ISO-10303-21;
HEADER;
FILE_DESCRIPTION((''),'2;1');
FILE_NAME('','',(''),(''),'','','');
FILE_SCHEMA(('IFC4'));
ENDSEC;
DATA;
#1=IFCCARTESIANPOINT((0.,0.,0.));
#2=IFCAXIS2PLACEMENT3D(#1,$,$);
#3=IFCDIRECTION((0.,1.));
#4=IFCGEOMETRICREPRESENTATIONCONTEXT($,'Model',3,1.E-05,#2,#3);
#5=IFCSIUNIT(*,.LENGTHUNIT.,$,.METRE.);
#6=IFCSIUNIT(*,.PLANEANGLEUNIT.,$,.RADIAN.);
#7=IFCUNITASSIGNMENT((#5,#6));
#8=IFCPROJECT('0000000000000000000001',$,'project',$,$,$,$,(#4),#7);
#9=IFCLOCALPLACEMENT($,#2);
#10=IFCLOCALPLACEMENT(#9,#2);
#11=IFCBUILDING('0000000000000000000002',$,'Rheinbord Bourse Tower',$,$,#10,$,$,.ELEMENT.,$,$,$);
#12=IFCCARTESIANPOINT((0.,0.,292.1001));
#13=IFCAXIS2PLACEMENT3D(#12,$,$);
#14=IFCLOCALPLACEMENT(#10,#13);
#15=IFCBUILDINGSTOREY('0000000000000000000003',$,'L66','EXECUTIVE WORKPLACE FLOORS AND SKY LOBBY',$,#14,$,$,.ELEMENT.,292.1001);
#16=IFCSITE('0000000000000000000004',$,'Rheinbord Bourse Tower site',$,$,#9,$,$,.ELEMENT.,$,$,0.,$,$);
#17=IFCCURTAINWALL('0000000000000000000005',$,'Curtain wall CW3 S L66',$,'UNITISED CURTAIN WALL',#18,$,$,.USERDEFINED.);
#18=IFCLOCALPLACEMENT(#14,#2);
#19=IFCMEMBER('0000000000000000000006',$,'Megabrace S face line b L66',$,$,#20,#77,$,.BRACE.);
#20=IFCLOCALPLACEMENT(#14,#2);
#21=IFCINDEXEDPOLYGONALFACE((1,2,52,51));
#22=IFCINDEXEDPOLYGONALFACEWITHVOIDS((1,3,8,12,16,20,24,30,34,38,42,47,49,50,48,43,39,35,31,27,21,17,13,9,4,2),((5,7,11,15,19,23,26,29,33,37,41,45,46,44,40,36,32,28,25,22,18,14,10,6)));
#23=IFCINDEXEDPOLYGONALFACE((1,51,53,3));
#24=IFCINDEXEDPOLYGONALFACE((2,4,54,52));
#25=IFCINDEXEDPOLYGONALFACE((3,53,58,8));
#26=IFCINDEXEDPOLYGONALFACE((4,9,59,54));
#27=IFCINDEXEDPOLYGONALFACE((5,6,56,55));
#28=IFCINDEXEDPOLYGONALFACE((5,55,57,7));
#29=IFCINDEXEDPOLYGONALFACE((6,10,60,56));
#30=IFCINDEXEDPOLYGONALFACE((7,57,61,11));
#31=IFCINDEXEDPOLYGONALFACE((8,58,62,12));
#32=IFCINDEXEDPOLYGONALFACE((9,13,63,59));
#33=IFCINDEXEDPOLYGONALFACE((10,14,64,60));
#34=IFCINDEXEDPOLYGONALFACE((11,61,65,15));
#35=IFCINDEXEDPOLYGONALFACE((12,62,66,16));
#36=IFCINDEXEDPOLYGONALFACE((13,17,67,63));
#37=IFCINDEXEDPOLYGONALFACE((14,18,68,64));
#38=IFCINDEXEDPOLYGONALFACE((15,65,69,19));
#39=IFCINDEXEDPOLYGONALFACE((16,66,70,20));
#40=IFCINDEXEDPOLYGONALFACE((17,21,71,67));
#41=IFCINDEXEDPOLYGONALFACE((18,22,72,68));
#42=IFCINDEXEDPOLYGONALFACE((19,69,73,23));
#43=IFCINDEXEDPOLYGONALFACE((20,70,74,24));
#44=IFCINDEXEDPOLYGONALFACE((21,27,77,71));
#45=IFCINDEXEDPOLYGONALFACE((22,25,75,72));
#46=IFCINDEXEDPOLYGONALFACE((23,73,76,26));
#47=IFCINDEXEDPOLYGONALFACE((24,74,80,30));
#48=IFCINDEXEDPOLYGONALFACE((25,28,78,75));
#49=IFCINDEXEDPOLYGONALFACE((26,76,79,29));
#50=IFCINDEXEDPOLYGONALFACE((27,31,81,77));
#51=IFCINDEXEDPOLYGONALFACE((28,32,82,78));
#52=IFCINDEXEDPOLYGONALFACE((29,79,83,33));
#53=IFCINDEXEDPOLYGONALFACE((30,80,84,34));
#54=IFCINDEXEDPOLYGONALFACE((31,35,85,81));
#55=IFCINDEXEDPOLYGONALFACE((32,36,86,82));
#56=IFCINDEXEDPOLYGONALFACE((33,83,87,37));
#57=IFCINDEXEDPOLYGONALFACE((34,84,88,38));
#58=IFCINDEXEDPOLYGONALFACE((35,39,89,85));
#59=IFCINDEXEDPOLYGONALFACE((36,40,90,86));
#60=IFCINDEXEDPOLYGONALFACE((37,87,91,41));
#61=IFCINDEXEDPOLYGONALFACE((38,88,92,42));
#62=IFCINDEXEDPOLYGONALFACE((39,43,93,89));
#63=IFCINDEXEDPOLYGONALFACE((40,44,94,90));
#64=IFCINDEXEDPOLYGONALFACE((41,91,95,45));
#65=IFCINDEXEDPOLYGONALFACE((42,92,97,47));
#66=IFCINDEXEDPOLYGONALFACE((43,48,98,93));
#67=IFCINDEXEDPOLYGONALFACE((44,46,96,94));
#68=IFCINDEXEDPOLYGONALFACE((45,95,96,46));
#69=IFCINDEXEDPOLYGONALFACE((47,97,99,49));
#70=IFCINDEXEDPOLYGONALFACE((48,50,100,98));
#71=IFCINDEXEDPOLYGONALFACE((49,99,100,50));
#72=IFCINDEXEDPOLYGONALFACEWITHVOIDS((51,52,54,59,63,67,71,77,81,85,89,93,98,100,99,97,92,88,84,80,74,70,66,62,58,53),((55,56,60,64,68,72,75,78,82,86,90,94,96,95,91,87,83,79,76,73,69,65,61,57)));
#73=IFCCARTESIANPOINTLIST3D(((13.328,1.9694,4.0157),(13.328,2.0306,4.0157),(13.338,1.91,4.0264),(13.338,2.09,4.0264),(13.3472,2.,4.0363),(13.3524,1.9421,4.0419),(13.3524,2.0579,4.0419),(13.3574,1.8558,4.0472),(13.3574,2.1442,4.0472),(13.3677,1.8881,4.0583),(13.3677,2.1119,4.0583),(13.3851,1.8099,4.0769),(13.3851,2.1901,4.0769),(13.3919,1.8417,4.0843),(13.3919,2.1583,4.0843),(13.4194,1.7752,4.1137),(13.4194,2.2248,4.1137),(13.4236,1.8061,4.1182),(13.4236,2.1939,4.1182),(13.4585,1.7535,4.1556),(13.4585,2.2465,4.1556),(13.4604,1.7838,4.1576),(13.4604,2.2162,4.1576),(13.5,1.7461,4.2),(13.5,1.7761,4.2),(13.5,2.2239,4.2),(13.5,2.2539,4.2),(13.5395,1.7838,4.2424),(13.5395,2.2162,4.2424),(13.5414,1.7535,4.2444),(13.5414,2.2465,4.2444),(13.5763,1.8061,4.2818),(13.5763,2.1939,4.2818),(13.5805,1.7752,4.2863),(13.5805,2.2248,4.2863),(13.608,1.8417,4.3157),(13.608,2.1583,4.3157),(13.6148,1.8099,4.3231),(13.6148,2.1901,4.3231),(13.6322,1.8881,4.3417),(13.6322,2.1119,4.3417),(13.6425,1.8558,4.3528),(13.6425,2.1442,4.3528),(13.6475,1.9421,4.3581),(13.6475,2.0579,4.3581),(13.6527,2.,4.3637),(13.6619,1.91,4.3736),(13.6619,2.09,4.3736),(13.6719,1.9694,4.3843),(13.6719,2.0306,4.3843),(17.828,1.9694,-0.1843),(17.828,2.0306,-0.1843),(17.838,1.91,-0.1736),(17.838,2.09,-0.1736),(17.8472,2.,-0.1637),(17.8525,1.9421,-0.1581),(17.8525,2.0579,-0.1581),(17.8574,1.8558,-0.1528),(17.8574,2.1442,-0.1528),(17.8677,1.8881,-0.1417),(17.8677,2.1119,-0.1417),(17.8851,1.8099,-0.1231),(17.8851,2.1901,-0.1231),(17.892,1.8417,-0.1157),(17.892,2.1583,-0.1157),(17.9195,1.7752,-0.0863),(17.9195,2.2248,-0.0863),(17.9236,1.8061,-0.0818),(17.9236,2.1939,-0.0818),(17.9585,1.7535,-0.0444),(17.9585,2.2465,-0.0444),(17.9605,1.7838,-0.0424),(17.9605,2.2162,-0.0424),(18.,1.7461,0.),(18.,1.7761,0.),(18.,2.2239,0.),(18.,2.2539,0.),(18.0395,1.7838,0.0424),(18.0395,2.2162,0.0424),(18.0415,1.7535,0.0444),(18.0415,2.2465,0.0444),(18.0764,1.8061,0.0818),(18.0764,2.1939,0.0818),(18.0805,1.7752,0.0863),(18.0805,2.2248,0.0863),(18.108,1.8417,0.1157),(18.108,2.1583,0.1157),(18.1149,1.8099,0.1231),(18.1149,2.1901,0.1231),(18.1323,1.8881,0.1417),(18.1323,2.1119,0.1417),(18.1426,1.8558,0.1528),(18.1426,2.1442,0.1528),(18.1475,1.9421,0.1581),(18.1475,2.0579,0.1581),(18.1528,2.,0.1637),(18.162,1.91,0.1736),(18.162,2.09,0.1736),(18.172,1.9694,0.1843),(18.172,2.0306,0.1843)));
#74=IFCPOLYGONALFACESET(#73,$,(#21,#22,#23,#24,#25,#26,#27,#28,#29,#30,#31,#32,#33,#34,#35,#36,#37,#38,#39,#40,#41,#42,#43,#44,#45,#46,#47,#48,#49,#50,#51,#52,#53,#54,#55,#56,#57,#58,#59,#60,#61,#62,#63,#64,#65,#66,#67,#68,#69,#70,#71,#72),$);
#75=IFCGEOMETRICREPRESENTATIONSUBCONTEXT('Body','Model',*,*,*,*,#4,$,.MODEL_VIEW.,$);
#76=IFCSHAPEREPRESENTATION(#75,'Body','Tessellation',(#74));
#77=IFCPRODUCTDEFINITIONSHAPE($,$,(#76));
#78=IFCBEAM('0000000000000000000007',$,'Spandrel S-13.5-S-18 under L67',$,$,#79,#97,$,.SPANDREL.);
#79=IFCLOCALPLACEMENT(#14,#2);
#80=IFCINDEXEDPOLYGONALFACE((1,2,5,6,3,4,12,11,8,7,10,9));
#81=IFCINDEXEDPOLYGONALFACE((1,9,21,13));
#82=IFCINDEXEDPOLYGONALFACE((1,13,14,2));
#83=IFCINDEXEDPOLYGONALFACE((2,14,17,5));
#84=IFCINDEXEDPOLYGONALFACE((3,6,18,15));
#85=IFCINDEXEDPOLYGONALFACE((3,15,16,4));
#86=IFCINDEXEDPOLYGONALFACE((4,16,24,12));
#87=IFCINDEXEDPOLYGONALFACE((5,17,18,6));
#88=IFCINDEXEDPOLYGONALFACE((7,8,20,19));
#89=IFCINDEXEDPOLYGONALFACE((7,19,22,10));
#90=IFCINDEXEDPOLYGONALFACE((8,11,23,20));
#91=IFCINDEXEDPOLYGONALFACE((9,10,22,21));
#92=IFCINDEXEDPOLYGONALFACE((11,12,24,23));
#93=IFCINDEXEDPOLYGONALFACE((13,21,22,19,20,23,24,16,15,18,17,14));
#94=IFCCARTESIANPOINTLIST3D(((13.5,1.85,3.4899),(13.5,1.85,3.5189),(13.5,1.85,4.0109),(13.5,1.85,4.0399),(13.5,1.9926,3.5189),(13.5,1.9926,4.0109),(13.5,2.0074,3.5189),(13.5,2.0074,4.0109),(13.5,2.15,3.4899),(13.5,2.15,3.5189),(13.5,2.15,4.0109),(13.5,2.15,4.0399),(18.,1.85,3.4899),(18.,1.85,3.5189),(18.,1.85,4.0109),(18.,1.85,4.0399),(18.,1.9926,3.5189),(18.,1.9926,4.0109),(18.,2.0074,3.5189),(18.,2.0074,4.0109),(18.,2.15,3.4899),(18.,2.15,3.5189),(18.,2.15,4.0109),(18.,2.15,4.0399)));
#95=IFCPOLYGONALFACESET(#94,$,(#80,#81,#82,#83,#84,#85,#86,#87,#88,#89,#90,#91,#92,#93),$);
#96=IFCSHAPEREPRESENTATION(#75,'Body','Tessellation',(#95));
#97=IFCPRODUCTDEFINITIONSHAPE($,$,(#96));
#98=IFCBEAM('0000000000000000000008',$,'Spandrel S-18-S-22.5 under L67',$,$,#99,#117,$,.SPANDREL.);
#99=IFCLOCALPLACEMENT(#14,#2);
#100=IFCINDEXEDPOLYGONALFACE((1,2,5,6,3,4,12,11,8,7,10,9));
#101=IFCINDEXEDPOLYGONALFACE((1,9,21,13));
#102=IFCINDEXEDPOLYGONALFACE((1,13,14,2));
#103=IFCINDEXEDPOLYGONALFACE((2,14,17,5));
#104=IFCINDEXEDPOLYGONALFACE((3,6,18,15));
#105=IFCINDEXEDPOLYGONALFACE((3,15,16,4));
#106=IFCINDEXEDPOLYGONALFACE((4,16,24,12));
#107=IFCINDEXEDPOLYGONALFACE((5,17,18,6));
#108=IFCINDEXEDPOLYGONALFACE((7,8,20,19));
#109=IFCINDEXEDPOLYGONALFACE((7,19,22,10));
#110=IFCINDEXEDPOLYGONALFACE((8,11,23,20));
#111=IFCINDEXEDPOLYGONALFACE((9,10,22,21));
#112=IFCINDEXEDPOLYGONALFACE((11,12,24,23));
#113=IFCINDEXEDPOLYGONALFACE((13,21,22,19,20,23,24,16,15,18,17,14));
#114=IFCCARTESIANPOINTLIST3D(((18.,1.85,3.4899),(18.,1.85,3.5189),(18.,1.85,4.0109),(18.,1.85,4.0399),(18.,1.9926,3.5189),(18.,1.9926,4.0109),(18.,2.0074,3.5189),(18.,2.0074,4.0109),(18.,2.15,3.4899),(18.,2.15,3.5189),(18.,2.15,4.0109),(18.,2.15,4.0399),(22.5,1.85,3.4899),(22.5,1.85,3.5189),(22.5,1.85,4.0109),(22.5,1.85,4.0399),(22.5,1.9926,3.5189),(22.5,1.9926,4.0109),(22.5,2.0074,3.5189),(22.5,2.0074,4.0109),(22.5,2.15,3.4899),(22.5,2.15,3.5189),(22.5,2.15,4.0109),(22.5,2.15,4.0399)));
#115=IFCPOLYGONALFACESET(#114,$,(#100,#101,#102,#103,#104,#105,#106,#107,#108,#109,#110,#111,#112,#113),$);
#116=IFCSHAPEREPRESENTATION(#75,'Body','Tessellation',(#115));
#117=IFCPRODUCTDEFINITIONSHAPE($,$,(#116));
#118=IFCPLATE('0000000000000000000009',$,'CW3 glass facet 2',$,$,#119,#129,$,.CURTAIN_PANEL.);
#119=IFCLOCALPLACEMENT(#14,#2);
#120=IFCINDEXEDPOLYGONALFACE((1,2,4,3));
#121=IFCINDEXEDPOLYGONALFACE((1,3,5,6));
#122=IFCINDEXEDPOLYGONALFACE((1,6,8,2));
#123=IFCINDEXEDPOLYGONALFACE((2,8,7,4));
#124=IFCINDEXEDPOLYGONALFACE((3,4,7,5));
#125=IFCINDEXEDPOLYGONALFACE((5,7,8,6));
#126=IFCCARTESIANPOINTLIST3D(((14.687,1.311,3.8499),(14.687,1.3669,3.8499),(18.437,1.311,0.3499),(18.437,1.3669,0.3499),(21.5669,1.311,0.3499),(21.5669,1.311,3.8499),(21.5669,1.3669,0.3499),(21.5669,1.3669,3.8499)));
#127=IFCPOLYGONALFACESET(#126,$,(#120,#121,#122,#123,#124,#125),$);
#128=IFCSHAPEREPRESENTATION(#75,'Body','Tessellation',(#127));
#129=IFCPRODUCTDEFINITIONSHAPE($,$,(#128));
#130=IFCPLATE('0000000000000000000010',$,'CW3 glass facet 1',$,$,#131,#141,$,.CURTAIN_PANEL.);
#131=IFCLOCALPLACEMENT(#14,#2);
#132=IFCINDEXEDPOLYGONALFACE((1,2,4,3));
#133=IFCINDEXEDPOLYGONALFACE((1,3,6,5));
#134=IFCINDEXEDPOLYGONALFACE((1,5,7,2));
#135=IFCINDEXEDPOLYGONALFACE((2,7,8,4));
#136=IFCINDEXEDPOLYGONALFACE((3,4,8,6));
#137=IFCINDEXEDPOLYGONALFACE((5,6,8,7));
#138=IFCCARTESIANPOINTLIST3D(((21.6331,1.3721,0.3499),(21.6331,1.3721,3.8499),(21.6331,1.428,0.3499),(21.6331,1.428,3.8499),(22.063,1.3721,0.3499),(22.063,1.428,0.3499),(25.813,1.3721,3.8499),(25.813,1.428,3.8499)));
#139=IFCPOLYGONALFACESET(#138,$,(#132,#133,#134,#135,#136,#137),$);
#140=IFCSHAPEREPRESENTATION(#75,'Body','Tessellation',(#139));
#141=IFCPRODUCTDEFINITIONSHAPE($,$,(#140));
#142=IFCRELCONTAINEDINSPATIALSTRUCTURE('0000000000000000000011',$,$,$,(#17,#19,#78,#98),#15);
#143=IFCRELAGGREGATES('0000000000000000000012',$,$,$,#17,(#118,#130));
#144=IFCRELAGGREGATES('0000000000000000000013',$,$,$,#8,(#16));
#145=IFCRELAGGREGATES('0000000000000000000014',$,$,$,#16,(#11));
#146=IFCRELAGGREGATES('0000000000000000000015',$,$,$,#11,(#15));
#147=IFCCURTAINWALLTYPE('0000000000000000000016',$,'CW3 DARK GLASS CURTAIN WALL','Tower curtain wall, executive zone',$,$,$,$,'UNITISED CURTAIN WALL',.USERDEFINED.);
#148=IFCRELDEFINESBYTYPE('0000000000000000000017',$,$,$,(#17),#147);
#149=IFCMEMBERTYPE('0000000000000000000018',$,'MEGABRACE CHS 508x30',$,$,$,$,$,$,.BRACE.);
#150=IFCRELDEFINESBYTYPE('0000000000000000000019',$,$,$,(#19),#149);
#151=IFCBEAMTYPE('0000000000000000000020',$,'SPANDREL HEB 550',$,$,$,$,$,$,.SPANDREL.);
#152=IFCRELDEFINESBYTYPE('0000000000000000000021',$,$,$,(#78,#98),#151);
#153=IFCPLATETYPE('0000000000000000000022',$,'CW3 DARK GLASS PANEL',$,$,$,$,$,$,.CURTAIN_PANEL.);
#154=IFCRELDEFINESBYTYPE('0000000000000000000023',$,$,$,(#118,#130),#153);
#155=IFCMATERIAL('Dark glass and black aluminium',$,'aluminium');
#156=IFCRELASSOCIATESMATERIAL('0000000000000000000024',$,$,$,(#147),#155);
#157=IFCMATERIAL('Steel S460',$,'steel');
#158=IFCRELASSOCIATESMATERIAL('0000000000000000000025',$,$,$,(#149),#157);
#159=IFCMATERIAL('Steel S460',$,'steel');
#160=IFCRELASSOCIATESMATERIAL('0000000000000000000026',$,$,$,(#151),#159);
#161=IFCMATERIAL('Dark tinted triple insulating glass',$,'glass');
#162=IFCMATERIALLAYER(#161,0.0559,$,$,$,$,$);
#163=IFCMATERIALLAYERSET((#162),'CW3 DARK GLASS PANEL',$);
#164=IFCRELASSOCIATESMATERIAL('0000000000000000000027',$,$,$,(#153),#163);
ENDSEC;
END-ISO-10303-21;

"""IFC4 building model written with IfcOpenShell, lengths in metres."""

from ifc_helpers import new_model, si_unit, direction, frame, origin, origin_2d, place, context, subcontext, project, spatial, polyline, hollow_circle, i_section, outline, extrude, material, layer, layer_set, material_profile, profile_set, type_object, element, aggregate, save


model = new_model("IFC4")

# Units and contexts
model_context = context("Model", 3, precision=1e-05, world=origin(), true_north=direction((0.0, 1.0)))
body_context = subcontext(model_context, "Body", "Model", "MODEL_VIEW")
ifc_project = project(units=[si_unit("LENGTHUNIT", "METRE"), si_unit("PLANEANGLEUNIT", "RADIAN")], contexts=[model_context])

# Site, building, storey
site_placement = place(None, origin())
site = spatial("IfcSite", under=ifc_project, at=site_placement, Name="Rheinbord Bourse Tower site", CompositionType="ELEMENT", RefElevation=0.0)
building_placement = place(site_placement, origin())
building = spatial("IfcBuilding", under=site, at=building_placement, Name="Rheinbord Bourse Tower", CompositionType="ELEMENT")
storey_placement = place(building_placement, frame((0.0, 0.0, 292.1001)))
storey = spatial("IfcBuildingStorey", under=building, at=storey_placement, Name="L66", Description="EXECUTIVE WORKPLACE FLOORS AND SKY LOBBY", CompositionType="ELEMENT", Elevation=292.1001)

# Curtain wall
ifc_material_1 = material(Name="Dark glass and black aluminium", Category="aluminium")
curtain_wall_type = type_object("IfcCurtainWallType", Name="CW3 DARK GLASS CURTAIN WALL", Description="Tower curtain wall, executive zone", ElementType="UNITISED CURTAIN WALL", PredefinedType="USERDEFINED", material=ifc_material_1)
curtain_wall_placement = place(storey_placement, origin())
curtain_wall = element("IfcCurtainWall", 1, at=curtain_wall_placement, inside=storey, type_object=curtain_wall_type, Name="Curtain wall CW3 S L66", ObjectType="UNITISED CURTAIN WALL", PredefinedType="USERDEFINED")

# Member
ifc_material_2 = material(Name="Steel S460", Category="steel")
ifc_material_profile_1 = material_profile(ifc_material_2, hollow_circle(Radius=0.2539, WallThickness=0.03, at=origin_2d()), Name="CHS 508x30")
ifc_profile_set_1 = profile_set([ifc_material_profile_1], Name="Steel S460")
member_type_1 = type_object("IfcMemberType", Name="MEGABRACE CHS 508x30", PredefinedType="BRACE", material=ifc_profile_set_1)
member_1_placement = place(storey_placement, frame((18.0, 2.0, 0.0), z_axis=(-0.731059, 0.0, 0.682314), x_axis=(0.0, -1.0, 0.0)))
element("IfcMember", 2, at=member_1_placement, inside=storey, type_object=member_type_1, Name="Megabrace S face line b L66", PredefinedType="BRACE", context=body_context, shape_type="SweptSolid", body=[
    extrude(hollow_circle(Radius=0.2539, WallThickness=0.03, at=origin_2d()), origin(), (0.0, 0.0, 1.0), 6.1555),
])

# Beams
ifc_material_3 = material(Name="Steel S460", Category="steel")
ifc_material_profile_2 = material_profile(ifc_material_3, i_section(OverallWidth=0.3, OverallDepth=0.55, WebThickness=0.0149, FlangeThickness=0.0291, at=origin_2d()), Name="HEB 550")
ifc_profile_set_2 = profile_set([ifc_material_profile_2], Name="Steel S460")
beam_type_1 = type_object("IfcBeamType", Name="SPANDREL HEB 550", PredefinedType="SPANDREL", material=ifc_profile_set_2)
for number, where, z_axis, x_axis, name in (
    (3, (13.5, 2.0, 3.7649), (1.0, 0.0, 0.0), (0.0, 1.0, 0.0), "Spandrel S-13.5-S-18 under L67"),
    (4, (18.0, 2.0, 3.7649), (1.0, 0.0, 0.0), (0.0, 1.0, 0.0), "Spandrel S-18-S-22.5 under L67"),
):
    element("IfcBeam", number, at=place(storey_placement, frame(where, z_axis=z_axis, x_axis=x_axis)), inside=storey, type_object=beam_type_1, Name=name, PredefinedType="SPANDREL", context=body_context, shape_type="SweptSolid", body=[
        extrude(i_section(OverallWidth=0.3, OverallDepth=0.55, WebThickness=0.0149, FlangeThickness=0.0291, at=origin_2d()), origin(), (0.0, 0.0, 1.0), 4.5),
    ])

# Plates
ifc_material_4 = material(Name="Dark tinted triple insulating glass", Category="glass")
ifc_layer = layer(ifc_material_4, 0.0559)
ifc_layer_set = layer_set([ifc_layer], Name="CW3 DARK GLASS PANEL")
plate_type = type_object("IfcPlateType", Name="CW3 DARK GLASS PANEL", PredefinedType="CURTAIN_PANEL", material=ifc_layer_set)
plate_1_placement = place(storey_placement, frame((21.5669, 1.311, 3.8499), z_axis=(0.0, 1.0, 0.0), x_axis=(0.0, 0.0, -1.0)))
plate_1 = element("IfcPlate", 5, at=plate_1_placement, type_object=plate_type, Name="CW3 glass facet 2", PredefinedType="CURTAIN_PANEL", context=body_context, shape_type="SweptSolid", body=[
    extrude(outline(polyline([(0.0, 0.0), (3.5, 0.0), (3.5, 3.1299), (0.0, 6.8799), (0.0, 0.0)])), origin(), (0.0, 0.0, 1.0), 0.0559),
])
plate_2_placement = place(storey_placement, frame((21.6331, 1.3721, 0.3499), z_axis=(0.0, 1.0, 0.0), x_axis=(0.0, 0.0, 1.0)))
plate_2 = element("IfcPlate", 6, at=plate_2_placement, type_object=plate_type, Name="CW3 glass facet 1", PredefinedType="CURTAIN_PANEL", context=body_context, shape_type="SweptSolid", body=[
    extrude(outline(polyline([(0.0, 0.0), (3.5, 0.0), (3.5, 4.1799), (0.0, 0.4299), (0.0, 0.0)])), origin(), (0.0, 0.0, 1.0), 0.0559),
])
aggregate(curtain_wall, [plate_1, plate_2])

save(model, "model.ifc")
